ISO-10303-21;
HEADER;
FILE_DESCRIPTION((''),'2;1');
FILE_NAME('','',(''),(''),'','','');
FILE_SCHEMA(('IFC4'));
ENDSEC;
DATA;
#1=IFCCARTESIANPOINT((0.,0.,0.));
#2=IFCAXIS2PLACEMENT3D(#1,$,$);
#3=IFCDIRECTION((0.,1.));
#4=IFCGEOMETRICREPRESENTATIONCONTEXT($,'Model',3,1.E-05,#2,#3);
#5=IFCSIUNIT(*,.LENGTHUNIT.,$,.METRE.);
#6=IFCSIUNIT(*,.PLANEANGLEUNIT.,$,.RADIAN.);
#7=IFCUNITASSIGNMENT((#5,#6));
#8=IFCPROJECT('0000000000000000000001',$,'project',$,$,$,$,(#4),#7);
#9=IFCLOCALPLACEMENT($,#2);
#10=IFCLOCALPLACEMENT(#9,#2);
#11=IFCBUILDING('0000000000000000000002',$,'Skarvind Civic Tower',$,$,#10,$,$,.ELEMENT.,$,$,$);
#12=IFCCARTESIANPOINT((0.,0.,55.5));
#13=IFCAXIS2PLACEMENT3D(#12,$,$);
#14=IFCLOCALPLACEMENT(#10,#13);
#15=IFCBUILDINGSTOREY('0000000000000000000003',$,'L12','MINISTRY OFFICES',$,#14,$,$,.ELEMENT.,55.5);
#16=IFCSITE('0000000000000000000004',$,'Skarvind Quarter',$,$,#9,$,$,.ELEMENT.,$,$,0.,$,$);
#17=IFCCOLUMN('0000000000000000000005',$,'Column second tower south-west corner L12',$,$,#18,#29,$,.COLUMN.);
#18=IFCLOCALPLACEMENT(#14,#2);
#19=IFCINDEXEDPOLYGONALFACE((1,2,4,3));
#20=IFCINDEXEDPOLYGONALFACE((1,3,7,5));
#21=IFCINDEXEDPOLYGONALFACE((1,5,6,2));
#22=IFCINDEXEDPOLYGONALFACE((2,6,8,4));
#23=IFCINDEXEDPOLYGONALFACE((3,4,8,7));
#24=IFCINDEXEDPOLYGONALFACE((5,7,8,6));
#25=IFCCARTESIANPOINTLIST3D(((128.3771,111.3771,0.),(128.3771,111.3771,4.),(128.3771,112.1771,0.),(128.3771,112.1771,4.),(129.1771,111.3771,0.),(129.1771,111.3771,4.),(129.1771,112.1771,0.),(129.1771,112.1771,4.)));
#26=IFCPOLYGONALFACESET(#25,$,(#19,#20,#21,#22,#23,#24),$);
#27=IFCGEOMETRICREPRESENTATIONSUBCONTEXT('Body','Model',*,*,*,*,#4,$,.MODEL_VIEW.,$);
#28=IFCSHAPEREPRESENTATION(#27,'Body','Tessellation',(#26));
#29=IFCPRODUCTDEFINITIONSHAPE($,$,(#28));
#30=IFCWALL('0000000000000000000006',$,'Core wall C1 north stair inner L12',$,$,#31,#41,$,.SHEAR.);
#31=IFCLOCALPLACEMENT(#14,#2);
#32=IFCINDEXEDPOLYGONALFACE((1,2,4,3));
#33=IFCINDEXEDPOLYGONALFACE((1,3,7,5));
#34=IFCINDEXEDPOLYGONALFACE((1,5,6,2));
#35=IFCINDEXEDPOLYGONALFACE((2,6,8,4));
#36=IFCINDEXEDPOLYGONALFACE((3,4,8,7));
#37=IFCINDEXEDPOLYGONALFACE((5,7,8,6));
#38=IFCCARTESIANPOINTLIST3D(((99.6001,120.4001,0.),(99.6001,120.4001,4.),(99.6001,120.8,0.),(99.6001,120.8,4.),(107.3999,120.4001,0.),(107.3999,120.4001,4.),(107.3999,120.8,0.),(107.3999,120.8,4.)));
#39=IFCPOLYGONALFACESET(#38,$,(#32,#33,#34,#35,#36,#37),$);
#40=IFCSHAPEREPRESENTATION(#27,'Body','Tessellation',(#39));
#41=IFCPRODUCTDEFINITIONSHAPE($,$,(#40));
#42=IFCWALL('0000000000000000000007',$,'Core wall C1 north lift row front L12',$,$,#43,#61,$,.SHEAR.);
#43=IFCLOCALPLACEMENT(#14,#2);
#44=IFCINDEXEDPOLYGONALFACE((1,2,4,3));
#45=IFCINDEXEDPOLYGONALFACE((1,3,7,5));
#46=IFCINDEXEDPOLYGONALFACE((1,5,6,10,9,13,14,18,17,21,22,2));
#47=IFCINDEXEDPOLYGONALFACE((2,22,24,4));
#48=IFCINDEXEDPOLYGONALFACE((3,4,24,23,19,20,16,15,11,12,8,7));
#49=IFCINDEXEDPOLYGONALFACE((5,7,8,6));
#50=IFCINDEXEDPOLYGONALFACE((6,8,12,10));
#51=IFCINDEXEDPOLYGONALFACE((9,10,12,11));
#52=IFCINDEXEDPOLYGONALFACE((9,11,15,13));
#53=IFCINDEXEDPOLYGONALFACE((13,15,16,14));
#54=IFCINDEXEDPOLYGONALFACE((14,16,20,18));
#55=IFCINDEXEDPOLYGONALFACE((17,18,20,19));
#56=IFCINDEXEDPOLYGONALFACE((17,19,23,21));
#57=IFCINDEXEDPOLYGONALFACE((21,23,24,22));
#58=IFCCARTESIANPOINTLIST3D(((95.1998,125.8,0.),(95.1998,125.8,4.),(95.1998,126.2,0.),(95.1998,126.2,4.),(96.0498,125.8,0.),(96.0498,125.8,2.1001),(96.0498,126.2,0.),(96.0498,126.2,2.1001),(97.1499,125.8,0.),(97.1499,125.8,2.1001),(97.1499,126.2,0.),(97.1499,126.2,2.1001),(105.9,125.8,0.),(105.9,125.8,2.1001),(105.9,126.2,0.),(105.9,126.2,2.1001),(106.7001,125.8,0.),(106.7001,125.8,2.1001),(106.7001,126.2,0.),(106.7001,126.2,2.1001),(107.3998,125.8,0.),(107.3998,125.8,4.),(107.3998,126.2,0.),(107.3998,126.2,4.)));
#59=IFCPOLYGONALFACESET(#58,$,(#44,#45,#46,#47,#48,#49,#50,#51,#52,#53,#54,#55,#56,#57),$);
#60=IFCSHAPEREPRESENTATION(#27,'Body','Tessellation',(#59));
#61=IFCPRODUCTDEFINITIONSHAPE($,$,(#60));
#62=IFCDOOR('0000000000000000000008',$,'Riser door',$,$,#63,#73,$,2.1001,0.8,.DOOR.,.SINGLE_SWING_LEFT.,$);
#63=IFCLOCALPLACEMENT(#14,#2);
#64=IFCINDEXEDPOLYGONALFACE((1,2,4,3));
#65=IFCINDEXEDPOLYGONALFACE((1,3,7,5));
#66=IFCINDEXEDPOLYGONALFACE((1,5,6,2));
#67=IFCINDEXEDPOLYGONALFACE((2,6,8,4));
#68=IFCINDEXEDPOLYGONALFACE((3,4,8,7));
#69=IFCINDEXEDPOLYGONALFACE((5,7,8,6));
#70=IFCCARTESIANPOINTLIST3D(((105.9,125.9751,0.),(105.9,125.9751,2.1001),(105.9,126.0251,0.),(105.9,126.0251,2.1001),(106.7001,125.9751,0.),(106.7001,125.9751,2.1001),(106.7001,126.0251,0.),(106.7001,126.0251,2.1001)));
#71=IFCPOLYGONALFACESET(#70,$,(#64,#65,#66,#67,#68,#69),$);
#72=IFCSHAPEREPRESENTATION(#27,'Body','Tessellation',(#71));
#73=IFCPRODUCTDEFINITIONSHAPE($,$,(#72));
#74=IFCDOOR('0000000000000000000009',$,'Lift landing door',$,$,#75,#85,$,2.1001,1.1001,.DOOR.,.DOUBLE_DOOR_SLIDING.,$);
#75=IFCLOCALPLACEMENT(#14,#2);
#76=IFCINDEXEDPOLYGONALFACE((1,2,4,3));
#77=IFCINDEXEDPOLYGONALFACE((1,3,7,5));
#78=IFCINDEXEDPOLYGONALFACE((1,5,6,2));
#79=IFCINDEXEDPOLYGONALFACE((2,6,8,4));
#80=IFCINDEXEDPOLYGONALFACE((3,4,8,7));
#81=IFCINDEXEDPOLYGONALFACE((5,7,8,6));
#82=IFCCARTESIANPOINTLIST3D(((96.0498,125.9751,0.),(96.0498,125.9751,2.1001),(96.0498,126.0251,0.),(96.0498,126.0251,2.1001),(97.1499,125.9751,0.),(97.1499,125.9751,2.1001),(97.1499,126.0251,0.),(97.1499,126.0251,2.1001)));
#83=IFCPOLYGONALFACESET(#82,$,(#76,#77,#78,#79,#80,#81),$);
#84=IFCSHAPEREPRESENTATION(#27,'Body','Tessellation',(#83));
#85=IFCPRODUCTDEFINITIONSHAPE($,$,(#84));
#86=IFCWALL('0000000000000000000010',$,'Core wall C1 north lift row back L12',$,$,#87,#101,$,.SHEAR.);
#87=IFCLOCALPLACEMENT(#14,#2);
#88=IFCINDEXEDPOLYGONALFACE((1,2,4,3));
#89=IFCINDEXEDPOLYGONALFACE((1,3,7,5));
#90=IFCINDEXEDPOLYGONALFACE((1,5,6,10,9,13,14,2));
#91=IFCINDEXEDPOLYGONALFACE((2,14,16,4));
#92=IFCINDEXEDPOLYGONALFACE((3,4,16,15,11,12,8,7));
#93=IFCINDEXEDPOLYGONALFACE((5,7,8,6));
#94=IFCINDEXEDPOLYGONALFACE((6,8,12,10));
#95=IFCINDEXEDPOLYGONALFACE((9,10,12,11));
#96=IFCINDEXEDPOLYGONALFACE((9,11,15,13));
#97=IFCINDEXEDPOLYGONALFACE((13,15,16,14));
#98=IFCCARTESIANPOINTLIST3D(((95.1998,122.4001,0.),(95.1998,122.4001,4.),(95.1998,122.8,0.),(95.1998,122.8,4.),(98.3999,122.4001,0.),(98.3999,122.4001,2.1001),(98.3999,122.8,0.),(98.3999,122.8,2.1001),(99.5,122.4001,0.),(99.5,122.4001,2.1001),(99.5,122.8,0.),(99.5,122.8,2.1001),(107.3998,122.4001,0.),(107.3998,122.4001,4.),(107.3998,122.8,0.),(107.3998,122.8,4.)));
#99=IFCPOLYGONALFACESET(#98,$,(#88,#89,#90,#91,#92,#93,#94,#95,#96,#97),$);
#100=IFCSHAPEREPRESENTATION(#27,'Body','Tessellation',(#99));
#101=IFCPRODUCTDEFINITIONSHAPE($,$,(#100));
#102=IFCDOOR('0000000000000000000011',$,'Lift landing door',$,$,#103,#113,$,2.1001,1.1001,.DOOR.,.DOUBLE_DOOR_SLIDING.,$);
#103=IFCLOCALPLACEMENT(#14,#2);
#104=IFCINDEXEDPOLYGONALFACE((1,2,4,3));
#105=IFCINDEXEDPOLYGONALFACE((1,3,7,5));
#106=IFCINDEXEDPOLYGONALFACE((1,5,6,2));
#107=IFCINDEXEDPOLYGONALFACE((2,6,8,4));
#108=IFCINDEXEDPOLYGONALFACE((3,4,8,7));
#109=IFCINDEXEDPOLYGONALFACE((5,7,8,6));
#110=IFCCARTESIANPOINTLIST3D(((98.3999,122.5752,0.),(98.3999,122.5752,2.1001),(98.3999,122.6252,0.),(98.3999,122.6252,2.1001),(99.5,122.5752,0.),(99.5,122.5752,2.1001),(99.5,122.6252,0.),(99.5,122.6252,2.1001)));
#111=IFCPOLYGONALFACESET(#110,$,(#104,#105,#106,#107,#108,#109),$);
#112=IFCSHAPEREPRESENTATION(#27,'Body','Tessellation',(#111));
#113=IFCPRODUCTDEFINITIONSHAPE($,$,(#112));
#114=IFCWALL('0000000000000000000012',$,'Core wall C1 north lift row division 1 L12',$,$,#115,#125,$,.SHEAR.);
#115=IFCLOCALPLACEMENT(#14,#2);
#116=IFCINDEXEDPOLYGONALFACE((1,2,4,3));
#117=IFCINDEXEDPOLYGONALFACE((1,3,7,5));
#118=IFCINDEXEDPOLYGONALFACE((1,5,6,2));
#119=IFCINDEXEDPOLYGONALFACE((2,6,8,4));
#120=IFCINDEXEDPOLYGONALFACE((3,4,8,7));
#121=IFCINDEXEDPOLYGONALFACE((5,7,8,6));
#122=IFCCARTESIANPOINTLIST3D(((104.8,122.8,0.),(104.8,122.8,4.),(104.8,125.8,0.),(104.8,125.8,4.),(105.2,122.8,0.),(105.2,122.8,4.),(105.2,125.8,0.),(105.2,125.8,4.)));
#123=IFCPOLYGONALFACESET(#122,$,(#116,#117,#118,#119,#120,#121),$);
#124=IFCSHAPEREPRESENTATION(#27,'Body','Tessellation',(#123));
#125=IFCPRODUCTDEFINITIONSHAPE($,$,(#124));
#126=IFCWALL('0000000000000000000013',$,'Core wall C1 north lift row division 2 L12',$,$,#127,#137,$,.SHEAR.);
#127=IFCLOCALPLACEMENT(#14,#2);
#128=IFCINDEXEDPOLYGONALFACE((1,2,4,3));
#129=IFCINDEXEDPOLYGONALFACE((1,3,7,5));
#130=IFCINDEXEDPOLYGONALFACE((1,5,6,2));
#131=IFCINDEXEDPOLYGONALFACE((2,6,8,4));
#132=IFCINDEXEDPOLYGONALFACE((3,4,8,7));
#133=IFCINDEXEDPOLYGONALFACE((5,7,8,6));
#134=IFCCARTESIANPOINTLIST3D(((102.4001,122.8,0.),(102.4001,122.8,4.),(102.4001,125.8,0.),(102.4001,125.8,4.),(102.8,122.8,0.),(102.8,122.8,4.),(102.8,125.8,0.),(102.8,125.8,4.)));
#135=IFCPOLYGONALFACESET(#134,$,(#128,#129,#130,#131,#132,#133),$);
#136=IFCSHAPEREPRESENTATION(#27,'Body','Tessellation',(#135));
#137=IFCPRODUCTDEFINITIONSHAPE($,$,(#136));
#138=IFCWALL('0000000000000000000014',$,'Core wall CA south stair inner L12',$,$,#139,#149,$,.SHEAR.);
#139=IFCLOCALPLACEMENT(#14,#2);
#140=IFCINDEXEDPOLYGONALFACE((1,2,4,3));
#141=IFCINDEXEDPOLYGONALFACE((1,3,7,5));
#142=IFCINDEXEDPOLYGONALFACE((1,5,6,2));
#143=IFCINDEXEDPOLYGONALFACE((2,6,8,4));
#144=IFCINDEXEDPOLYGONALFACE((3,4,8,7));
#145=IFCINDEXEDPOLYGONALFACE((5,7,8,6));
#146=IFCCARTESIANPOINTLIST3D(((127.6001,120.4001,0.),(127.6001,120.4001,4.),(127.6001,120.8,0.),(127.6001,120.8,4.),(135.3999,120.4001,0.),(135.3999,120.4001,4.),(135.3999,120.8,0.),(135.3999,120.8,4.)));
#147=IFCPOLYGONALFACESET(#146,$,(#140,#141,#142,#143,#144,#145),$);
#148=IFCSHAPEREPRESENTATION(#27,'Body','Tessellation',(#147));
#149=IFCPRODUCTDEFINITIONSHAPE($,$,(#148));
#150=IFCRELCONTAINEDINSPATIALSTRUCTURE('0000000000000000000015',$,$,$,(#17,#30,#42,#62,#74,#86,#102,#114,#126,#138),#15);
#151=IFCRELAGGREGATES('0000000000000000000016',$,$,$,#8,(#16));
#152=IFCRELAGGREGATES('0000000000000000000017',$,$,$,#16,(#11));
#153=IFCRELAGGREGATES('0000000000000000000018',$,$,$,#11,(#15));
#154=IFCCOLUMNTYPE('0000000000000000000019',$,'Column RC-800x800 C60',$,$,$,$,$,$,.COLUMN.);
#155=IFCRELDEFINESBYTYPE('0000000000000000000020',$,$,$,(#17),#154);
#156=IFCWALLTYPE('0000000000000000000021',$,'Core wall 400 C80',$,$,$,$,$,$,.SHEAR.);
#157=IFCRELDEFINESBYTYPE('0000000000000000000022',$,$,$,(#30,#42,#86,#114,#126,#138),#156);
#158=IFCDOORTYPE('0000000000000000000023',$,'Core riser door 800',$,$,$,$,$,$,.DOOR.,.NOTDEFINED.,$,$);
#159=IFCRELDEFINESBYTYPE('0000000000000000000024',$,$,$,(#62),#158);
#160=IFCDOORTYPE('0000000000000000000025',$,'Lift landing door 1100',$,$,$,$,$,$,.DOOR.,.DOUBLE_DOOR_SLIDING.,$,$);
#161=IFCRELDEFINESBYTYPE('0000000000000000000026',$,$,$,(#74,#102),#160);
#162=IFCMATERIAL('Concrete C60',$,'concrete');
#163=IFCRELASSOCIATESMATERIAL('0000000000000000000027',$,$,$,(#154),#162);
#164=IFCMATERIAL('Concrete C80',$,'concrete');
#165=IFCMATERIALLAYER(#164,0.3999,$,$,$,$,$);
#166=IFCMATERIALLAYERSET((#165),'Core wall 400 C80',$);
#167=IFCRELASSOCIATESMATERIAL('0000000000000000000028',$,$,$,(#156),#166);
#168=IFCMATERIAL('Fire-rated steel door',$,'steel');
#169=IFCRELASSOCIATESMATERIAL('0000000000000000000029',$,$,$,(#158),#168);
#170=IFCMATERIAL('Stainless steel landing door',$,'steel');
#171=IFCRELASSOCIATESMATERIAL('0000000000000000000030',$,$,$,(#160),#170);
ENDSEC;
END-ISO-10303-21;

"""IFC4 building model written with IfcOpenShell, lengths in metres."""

from ifc_helpers import new_model, si_unit, direction, frame, frame_2d, origin, origin_2d, place, context, subcontext, project, spatial, rectangle, extrude, material, layer, layer_set, material_profile, profile_set, type_object, element, fill, save


model = new_model("IFC4")

# Units and contexts
model_context = context("Model", 3, precision=1e-05, world=origin(), true_north=direction((0.0, 1.0)))
body_context = subcontext(model_context, "Body", "Model", "MODEL_VIEW")
ifc_project = project(units=[si_unit("LENGTHUNIT", "METRE"), si_unit("PLANEANGLEUNIT", "RADIAN")], contexts=[model_context])

# Site, building, storey
site_placement = place(None, origin())
site = spatial("IfcSite", under=ifc_project, at=site_placement, Name="Skarvind Quarter", CompositionType="ELEMENT", RefElevation=0.0)
building_placement = place(site_placement, origin())
building = spatial("IfcBuilding", under=site, at=building_placement, Name="Skarvind Civic Tower", CompositionType="ELEMENT")
storey_placement = place(building_placement, frame((0.0, 0.0, 55.5)))
storey = spatial("IfcBuildingStorey", under=building, at=storey_placement, Name="L12", Description="MINISTRY OFFICES", CompositionType="ELEMENT", Elevation=55.5)

# Column
ifc_material_1 = material(Name="Concrete C60", Category="concrete")
ifc_material_profile = material_profile(ifc_material_1, rectangle(XDim=0.8, YDim=0.8, at=origin_2d()), Name="RC-800x800")
ifc_profile_set = profile_set([ifc_material_profile], Name="Concrete C60")
column_type = type_object("IfcColumnType", Name="Column RC-800x800 C60", PredefinedType="COLUMN", material=ifc_profile_set)
column_placement = place(storey_placement, frame((128.7771, 111.7771, 0.0), z_axis=(0.0, 0.0, 1.0), x_axis=(1.0, 0.0, 0.0)))
element("IfcColumn", 1, at=column_placement, inside=storey, type_object=column_type, Name="Column second tower south-west corner L12", PredefinedType="COLUMN", context=body_context, shape_type="SweptSolid", body=[
    extrude(rectangle(XDim=0.8, YDim=0.8, at=origin_2d()), origin(), (0.0, 0.0, 1.0), 4.0),
])

# Wall
ifc_material_2 = material(Name="Concrete C80", Category="concrete")
ifc_layer_1 = layer(ifc_material_2, 0.3999)
ifc_layer_set_1 = layer_set([ifc_layer_1], Name="Core wall 400 C80")
wall_type_1 = type_object("IfcWallType", Name="Core wall 400 C80", PredefinedType="SHEAR", material=ifc_layer_set_1)
wall_1_placement = place(storey_placement, frame((107.3999, 120.6001, 0.0), z_axis=(0.0, 0.0, 1.0), x_axis=(-1.0, 0.0, 0.0)))
element("IfcWall", 2, at=wall_1_placement, inside=storey, type_object=wall_type_1, Name="Core wall C1 north stair inner L12", PredefinedType="SHEAR", context=body_context, shape_type="SweptSolid", body=[
    extrude(rectangle(XDim=7.7998, YDim=0.3999, at=frame_2d((3.8999, 0.0))), origin(), (0.0, 0.0, 1.0), 4.0),
])

# Wall, openings, doors
wall_2_placement = place(storey_placement, frame((107.3999, 126.0, 0.0), z_axis=(0.0, 0.0, 1.0), x_axis=(-1.0, 0.0, 0.0)))
wall_2 = element("IfcWall", 3, at=wall_2_placement, inside=storey, type_object=wall_type_1, Name="Core wall C1 north lift row front L12", PredefinedType="SHEAR", context=body_context, shape_type="SweptSolid", body=[
    extrude(rectangle(XDim=12.2, YDim=0.3999, at=frame_2d((6.1001, 0.0))), origin(), (0.0, 0.0, 1.0), 4.0),
])
opening_1_placement = place(wall_2_placement, frame((10.25, 0.0, 0.0)))
opening_1 = element("IfcOpeningElement", 4, at=opening_1_placement, cuts=wall_2, PredefinedType="OPENING", context=body_context, shape_type="SweptSolid", body=[
    extrude(rectangle(XDim=1.1001, YDim=2.1001, at=frame_2d((0.55, 1.05))), frame((0.0, 0.21, 0.0), z_axis=(0.0, -1.0, 0.0), x_axis=(1.0, 0.0, 0.0)), (0.0, 0.0, 1.0), 0.4199),
])
opening_2_placement = place(wall_2_placement, frame((0.7, 0.0, 0.0)))
opening_2 = element("IfcOpeningElement", 5, at=opening_2_placement, cuts=wall_2, PredefinedType="OPENING", context=body_context, shape_type="SweptSolid", body=[
    extrude(rectangle(XDim=0.8, YDim=2.1001, at=frame_2d((0.3999, 1.05))), frame((0.0, 0.21, 0.0), z_axis=(0.0, -1.0, 0.0), x_axis=(1.0, 0.0, 0.0)), (0.0, 0.0, 1.0), 0.4199),
])
ifc_material_3 = material(Name="Fire-rated steel door", Category="steel")
door_type_1 = type_object("IfcDoorType", Name="Core riser door 800", OperationType="NOTDEFINED", PredefinedType="DOOR", material=ifc_material_3)
door_1_placement = place(opening_2_placement, origin())
door_1 = element("IfcDoor", 6, at=door_1_placement, inside=storey, type_object=door_type_1, Name="Riser door", OperationType="SINGLE_SWING_LEFT", OverallHeight=2.1001, OverallWidth=0.8, PredefinedType="DOOR", context=body_context, shape_type="SweptSolid", body=[
    extrude(rectangle(XDim=0.8, YDim=2.1001, at=frame_2d((0.3999, 1.05))), frame((0.0, 0.0249, 0.0), z_axis=(0.0, -1.0, 0.0), x_axis=(1.0, 0.0, 0.0)), (0.0, 0.0, 1.0), 0.05),
])
fill(opening_2, door_1)
ifc_material_4 = material(Name="Stainless steel landing door", Category="steel")
door_type_2 = type_object("IfcDoorType", Name="Lift landing door 1100", OperationType="DOUBLE_DOOR_SLIDING", PredefinedType="DOOR", material=ifc_material_4)
door_2_placement = place(opening_1_placement, origin())
door_2 = element("IfcDoor", 7, at=door_2_placement, inside=storey, type_object=door_type_2, Name="Lift landing door", OperationType="DOUBLE_DOOR_SLIDING", OverallHeight=2.1001, OverallWidth=1.1001, PredefinedType="DOOR", context=body_context, shape_type="SweptSolid", body=[
    extrude(rectangle(XDim=1.1001, YDim=2.1001, at=frame_2d((0.55, 1.05))), frame((0.0, 0.0249, 0.0), z_axis=(0.0, -1.0, 0.0), x_axis=(1.0, 0.0, 0.0)), (0.0, 0.0, 1.0), 0.05),
])
fill(opening_1, door_2)

# Wall, opening, door
wall_3_placement = place(storey_placement, frame((107.3999, 122.6001, 0.0), z_axis=(0.0, 0.0, 1.0), x_axis=(-1.0, 0.0, 0.0)))
wall_3 = element("IfcWall", 8, at=wall_3_placement, inside=storey, type_object=wall_type_1, Name="Core wall C1 north lift row back L12", PredefinedType="SHEAR", context=body_context, shape_type="SweptSolid", body=[
    extrude(rectangle(XDim=12.2, YDim=0.3999, at=frame_2d((6.1001, 0.0))), origin(), (0.0, 0.0, 1.0), 4.0),
])
opening_3_placement = place(wall_3_placement, frame((7.8999, 0.0, 0.0)))
opening_3 = element("IfcOpeningElement", 9, at=opening_3_placement, cuts=wall_3, PredefinedType="OPENING", context=body_context, shape_type="SweptSolid", body=[
    extrude(rectangle(XDim=1.1001, YDim=2.1001, at=frame_2d((0.55, 1.05))), frame((0.0, 0.21, 0.0), z_axis=(0.0, -1.0, 0.0), x_axis=(1.0, 0.0, 0.0)), (0.0, 0.0, 1.0), 0.4199),
])
door_3_placement = place(opening_3_placement, origin())
door_3 = element("IfcDoor", 10, at=door_3_placement, inside=storey, type_object=door_type_2, Name="Lift landing door", OperationType="DOUBLE_DOOR_SLIDING", OverallHeight=2.1001, OverallWidth=1.1001, PredefinedType="DOOR", context=body_context, shape_type="SweptSolid", body=[
    extrude(rectangle(XDim=1.1001, YDim=2.1001, at=frame_2d((0.55, 1.05))), frame((0.0, 0.0249, 0.0), z_axis=(0.0, -1.0, 0.0), x_axis=(1.0, 0.0, 0.0)), (0.0, 0.0, 1.0), 0.05),
])
fill(opening_3, door_3)

# Walls
for number, where, z_axis, x_axis, name in (
    (11, (105.0, 125.8, 0.0), (0.0, 0.0, 1.0), (0.0, -1.0, 0.0), "Core wall C1 north lift row division 1 L12"),
    (12, (102.6001, 125.8, 0.0), (0.0, 0.0, 1.0), (0.0, -1.0, 0.0), "Core wall C1 north lift row division 2 L12"),
):
    element("IfcWall", number, at=place(storey_placement, frame(where, z_axis=z_axis, x_axis=x_axis)), inside=storey, type_object=wall_type_1, Name=name, PredefinedType="SHEAR", context=body_context, shape_type="SweptSolid", body=[
        extrude(rectangle(XDim=3.0, YDim=0.3999, at=frame_2d((1.5, 0.0))), origin(), (0.0, 0.0, 1.0), 4.0),
    ])
wall_4_placement = place(storey_placement, frame((127.6001, 120.6001, 0.0), z_axis=(0.0, 0.0, 1.0), x_axis=(1.0, 0.0, 0.0)))
element("IfcWall", 13, at=wall_4_placement, inside=storey, type_object=wall_type_1, Name="Core wall CA south stair inner L12", PredefinedType="SHEAR", context=body_context, shape_type="SweptSolid", body=[
    extrude(rectangle(XDim=7.7998, YDim=0.3999, at=frame_2d((3.8999, 0.0))), origin(), (0.0, 0.0, 1.0), 4.0),
])

save(model, "model.ifc")
